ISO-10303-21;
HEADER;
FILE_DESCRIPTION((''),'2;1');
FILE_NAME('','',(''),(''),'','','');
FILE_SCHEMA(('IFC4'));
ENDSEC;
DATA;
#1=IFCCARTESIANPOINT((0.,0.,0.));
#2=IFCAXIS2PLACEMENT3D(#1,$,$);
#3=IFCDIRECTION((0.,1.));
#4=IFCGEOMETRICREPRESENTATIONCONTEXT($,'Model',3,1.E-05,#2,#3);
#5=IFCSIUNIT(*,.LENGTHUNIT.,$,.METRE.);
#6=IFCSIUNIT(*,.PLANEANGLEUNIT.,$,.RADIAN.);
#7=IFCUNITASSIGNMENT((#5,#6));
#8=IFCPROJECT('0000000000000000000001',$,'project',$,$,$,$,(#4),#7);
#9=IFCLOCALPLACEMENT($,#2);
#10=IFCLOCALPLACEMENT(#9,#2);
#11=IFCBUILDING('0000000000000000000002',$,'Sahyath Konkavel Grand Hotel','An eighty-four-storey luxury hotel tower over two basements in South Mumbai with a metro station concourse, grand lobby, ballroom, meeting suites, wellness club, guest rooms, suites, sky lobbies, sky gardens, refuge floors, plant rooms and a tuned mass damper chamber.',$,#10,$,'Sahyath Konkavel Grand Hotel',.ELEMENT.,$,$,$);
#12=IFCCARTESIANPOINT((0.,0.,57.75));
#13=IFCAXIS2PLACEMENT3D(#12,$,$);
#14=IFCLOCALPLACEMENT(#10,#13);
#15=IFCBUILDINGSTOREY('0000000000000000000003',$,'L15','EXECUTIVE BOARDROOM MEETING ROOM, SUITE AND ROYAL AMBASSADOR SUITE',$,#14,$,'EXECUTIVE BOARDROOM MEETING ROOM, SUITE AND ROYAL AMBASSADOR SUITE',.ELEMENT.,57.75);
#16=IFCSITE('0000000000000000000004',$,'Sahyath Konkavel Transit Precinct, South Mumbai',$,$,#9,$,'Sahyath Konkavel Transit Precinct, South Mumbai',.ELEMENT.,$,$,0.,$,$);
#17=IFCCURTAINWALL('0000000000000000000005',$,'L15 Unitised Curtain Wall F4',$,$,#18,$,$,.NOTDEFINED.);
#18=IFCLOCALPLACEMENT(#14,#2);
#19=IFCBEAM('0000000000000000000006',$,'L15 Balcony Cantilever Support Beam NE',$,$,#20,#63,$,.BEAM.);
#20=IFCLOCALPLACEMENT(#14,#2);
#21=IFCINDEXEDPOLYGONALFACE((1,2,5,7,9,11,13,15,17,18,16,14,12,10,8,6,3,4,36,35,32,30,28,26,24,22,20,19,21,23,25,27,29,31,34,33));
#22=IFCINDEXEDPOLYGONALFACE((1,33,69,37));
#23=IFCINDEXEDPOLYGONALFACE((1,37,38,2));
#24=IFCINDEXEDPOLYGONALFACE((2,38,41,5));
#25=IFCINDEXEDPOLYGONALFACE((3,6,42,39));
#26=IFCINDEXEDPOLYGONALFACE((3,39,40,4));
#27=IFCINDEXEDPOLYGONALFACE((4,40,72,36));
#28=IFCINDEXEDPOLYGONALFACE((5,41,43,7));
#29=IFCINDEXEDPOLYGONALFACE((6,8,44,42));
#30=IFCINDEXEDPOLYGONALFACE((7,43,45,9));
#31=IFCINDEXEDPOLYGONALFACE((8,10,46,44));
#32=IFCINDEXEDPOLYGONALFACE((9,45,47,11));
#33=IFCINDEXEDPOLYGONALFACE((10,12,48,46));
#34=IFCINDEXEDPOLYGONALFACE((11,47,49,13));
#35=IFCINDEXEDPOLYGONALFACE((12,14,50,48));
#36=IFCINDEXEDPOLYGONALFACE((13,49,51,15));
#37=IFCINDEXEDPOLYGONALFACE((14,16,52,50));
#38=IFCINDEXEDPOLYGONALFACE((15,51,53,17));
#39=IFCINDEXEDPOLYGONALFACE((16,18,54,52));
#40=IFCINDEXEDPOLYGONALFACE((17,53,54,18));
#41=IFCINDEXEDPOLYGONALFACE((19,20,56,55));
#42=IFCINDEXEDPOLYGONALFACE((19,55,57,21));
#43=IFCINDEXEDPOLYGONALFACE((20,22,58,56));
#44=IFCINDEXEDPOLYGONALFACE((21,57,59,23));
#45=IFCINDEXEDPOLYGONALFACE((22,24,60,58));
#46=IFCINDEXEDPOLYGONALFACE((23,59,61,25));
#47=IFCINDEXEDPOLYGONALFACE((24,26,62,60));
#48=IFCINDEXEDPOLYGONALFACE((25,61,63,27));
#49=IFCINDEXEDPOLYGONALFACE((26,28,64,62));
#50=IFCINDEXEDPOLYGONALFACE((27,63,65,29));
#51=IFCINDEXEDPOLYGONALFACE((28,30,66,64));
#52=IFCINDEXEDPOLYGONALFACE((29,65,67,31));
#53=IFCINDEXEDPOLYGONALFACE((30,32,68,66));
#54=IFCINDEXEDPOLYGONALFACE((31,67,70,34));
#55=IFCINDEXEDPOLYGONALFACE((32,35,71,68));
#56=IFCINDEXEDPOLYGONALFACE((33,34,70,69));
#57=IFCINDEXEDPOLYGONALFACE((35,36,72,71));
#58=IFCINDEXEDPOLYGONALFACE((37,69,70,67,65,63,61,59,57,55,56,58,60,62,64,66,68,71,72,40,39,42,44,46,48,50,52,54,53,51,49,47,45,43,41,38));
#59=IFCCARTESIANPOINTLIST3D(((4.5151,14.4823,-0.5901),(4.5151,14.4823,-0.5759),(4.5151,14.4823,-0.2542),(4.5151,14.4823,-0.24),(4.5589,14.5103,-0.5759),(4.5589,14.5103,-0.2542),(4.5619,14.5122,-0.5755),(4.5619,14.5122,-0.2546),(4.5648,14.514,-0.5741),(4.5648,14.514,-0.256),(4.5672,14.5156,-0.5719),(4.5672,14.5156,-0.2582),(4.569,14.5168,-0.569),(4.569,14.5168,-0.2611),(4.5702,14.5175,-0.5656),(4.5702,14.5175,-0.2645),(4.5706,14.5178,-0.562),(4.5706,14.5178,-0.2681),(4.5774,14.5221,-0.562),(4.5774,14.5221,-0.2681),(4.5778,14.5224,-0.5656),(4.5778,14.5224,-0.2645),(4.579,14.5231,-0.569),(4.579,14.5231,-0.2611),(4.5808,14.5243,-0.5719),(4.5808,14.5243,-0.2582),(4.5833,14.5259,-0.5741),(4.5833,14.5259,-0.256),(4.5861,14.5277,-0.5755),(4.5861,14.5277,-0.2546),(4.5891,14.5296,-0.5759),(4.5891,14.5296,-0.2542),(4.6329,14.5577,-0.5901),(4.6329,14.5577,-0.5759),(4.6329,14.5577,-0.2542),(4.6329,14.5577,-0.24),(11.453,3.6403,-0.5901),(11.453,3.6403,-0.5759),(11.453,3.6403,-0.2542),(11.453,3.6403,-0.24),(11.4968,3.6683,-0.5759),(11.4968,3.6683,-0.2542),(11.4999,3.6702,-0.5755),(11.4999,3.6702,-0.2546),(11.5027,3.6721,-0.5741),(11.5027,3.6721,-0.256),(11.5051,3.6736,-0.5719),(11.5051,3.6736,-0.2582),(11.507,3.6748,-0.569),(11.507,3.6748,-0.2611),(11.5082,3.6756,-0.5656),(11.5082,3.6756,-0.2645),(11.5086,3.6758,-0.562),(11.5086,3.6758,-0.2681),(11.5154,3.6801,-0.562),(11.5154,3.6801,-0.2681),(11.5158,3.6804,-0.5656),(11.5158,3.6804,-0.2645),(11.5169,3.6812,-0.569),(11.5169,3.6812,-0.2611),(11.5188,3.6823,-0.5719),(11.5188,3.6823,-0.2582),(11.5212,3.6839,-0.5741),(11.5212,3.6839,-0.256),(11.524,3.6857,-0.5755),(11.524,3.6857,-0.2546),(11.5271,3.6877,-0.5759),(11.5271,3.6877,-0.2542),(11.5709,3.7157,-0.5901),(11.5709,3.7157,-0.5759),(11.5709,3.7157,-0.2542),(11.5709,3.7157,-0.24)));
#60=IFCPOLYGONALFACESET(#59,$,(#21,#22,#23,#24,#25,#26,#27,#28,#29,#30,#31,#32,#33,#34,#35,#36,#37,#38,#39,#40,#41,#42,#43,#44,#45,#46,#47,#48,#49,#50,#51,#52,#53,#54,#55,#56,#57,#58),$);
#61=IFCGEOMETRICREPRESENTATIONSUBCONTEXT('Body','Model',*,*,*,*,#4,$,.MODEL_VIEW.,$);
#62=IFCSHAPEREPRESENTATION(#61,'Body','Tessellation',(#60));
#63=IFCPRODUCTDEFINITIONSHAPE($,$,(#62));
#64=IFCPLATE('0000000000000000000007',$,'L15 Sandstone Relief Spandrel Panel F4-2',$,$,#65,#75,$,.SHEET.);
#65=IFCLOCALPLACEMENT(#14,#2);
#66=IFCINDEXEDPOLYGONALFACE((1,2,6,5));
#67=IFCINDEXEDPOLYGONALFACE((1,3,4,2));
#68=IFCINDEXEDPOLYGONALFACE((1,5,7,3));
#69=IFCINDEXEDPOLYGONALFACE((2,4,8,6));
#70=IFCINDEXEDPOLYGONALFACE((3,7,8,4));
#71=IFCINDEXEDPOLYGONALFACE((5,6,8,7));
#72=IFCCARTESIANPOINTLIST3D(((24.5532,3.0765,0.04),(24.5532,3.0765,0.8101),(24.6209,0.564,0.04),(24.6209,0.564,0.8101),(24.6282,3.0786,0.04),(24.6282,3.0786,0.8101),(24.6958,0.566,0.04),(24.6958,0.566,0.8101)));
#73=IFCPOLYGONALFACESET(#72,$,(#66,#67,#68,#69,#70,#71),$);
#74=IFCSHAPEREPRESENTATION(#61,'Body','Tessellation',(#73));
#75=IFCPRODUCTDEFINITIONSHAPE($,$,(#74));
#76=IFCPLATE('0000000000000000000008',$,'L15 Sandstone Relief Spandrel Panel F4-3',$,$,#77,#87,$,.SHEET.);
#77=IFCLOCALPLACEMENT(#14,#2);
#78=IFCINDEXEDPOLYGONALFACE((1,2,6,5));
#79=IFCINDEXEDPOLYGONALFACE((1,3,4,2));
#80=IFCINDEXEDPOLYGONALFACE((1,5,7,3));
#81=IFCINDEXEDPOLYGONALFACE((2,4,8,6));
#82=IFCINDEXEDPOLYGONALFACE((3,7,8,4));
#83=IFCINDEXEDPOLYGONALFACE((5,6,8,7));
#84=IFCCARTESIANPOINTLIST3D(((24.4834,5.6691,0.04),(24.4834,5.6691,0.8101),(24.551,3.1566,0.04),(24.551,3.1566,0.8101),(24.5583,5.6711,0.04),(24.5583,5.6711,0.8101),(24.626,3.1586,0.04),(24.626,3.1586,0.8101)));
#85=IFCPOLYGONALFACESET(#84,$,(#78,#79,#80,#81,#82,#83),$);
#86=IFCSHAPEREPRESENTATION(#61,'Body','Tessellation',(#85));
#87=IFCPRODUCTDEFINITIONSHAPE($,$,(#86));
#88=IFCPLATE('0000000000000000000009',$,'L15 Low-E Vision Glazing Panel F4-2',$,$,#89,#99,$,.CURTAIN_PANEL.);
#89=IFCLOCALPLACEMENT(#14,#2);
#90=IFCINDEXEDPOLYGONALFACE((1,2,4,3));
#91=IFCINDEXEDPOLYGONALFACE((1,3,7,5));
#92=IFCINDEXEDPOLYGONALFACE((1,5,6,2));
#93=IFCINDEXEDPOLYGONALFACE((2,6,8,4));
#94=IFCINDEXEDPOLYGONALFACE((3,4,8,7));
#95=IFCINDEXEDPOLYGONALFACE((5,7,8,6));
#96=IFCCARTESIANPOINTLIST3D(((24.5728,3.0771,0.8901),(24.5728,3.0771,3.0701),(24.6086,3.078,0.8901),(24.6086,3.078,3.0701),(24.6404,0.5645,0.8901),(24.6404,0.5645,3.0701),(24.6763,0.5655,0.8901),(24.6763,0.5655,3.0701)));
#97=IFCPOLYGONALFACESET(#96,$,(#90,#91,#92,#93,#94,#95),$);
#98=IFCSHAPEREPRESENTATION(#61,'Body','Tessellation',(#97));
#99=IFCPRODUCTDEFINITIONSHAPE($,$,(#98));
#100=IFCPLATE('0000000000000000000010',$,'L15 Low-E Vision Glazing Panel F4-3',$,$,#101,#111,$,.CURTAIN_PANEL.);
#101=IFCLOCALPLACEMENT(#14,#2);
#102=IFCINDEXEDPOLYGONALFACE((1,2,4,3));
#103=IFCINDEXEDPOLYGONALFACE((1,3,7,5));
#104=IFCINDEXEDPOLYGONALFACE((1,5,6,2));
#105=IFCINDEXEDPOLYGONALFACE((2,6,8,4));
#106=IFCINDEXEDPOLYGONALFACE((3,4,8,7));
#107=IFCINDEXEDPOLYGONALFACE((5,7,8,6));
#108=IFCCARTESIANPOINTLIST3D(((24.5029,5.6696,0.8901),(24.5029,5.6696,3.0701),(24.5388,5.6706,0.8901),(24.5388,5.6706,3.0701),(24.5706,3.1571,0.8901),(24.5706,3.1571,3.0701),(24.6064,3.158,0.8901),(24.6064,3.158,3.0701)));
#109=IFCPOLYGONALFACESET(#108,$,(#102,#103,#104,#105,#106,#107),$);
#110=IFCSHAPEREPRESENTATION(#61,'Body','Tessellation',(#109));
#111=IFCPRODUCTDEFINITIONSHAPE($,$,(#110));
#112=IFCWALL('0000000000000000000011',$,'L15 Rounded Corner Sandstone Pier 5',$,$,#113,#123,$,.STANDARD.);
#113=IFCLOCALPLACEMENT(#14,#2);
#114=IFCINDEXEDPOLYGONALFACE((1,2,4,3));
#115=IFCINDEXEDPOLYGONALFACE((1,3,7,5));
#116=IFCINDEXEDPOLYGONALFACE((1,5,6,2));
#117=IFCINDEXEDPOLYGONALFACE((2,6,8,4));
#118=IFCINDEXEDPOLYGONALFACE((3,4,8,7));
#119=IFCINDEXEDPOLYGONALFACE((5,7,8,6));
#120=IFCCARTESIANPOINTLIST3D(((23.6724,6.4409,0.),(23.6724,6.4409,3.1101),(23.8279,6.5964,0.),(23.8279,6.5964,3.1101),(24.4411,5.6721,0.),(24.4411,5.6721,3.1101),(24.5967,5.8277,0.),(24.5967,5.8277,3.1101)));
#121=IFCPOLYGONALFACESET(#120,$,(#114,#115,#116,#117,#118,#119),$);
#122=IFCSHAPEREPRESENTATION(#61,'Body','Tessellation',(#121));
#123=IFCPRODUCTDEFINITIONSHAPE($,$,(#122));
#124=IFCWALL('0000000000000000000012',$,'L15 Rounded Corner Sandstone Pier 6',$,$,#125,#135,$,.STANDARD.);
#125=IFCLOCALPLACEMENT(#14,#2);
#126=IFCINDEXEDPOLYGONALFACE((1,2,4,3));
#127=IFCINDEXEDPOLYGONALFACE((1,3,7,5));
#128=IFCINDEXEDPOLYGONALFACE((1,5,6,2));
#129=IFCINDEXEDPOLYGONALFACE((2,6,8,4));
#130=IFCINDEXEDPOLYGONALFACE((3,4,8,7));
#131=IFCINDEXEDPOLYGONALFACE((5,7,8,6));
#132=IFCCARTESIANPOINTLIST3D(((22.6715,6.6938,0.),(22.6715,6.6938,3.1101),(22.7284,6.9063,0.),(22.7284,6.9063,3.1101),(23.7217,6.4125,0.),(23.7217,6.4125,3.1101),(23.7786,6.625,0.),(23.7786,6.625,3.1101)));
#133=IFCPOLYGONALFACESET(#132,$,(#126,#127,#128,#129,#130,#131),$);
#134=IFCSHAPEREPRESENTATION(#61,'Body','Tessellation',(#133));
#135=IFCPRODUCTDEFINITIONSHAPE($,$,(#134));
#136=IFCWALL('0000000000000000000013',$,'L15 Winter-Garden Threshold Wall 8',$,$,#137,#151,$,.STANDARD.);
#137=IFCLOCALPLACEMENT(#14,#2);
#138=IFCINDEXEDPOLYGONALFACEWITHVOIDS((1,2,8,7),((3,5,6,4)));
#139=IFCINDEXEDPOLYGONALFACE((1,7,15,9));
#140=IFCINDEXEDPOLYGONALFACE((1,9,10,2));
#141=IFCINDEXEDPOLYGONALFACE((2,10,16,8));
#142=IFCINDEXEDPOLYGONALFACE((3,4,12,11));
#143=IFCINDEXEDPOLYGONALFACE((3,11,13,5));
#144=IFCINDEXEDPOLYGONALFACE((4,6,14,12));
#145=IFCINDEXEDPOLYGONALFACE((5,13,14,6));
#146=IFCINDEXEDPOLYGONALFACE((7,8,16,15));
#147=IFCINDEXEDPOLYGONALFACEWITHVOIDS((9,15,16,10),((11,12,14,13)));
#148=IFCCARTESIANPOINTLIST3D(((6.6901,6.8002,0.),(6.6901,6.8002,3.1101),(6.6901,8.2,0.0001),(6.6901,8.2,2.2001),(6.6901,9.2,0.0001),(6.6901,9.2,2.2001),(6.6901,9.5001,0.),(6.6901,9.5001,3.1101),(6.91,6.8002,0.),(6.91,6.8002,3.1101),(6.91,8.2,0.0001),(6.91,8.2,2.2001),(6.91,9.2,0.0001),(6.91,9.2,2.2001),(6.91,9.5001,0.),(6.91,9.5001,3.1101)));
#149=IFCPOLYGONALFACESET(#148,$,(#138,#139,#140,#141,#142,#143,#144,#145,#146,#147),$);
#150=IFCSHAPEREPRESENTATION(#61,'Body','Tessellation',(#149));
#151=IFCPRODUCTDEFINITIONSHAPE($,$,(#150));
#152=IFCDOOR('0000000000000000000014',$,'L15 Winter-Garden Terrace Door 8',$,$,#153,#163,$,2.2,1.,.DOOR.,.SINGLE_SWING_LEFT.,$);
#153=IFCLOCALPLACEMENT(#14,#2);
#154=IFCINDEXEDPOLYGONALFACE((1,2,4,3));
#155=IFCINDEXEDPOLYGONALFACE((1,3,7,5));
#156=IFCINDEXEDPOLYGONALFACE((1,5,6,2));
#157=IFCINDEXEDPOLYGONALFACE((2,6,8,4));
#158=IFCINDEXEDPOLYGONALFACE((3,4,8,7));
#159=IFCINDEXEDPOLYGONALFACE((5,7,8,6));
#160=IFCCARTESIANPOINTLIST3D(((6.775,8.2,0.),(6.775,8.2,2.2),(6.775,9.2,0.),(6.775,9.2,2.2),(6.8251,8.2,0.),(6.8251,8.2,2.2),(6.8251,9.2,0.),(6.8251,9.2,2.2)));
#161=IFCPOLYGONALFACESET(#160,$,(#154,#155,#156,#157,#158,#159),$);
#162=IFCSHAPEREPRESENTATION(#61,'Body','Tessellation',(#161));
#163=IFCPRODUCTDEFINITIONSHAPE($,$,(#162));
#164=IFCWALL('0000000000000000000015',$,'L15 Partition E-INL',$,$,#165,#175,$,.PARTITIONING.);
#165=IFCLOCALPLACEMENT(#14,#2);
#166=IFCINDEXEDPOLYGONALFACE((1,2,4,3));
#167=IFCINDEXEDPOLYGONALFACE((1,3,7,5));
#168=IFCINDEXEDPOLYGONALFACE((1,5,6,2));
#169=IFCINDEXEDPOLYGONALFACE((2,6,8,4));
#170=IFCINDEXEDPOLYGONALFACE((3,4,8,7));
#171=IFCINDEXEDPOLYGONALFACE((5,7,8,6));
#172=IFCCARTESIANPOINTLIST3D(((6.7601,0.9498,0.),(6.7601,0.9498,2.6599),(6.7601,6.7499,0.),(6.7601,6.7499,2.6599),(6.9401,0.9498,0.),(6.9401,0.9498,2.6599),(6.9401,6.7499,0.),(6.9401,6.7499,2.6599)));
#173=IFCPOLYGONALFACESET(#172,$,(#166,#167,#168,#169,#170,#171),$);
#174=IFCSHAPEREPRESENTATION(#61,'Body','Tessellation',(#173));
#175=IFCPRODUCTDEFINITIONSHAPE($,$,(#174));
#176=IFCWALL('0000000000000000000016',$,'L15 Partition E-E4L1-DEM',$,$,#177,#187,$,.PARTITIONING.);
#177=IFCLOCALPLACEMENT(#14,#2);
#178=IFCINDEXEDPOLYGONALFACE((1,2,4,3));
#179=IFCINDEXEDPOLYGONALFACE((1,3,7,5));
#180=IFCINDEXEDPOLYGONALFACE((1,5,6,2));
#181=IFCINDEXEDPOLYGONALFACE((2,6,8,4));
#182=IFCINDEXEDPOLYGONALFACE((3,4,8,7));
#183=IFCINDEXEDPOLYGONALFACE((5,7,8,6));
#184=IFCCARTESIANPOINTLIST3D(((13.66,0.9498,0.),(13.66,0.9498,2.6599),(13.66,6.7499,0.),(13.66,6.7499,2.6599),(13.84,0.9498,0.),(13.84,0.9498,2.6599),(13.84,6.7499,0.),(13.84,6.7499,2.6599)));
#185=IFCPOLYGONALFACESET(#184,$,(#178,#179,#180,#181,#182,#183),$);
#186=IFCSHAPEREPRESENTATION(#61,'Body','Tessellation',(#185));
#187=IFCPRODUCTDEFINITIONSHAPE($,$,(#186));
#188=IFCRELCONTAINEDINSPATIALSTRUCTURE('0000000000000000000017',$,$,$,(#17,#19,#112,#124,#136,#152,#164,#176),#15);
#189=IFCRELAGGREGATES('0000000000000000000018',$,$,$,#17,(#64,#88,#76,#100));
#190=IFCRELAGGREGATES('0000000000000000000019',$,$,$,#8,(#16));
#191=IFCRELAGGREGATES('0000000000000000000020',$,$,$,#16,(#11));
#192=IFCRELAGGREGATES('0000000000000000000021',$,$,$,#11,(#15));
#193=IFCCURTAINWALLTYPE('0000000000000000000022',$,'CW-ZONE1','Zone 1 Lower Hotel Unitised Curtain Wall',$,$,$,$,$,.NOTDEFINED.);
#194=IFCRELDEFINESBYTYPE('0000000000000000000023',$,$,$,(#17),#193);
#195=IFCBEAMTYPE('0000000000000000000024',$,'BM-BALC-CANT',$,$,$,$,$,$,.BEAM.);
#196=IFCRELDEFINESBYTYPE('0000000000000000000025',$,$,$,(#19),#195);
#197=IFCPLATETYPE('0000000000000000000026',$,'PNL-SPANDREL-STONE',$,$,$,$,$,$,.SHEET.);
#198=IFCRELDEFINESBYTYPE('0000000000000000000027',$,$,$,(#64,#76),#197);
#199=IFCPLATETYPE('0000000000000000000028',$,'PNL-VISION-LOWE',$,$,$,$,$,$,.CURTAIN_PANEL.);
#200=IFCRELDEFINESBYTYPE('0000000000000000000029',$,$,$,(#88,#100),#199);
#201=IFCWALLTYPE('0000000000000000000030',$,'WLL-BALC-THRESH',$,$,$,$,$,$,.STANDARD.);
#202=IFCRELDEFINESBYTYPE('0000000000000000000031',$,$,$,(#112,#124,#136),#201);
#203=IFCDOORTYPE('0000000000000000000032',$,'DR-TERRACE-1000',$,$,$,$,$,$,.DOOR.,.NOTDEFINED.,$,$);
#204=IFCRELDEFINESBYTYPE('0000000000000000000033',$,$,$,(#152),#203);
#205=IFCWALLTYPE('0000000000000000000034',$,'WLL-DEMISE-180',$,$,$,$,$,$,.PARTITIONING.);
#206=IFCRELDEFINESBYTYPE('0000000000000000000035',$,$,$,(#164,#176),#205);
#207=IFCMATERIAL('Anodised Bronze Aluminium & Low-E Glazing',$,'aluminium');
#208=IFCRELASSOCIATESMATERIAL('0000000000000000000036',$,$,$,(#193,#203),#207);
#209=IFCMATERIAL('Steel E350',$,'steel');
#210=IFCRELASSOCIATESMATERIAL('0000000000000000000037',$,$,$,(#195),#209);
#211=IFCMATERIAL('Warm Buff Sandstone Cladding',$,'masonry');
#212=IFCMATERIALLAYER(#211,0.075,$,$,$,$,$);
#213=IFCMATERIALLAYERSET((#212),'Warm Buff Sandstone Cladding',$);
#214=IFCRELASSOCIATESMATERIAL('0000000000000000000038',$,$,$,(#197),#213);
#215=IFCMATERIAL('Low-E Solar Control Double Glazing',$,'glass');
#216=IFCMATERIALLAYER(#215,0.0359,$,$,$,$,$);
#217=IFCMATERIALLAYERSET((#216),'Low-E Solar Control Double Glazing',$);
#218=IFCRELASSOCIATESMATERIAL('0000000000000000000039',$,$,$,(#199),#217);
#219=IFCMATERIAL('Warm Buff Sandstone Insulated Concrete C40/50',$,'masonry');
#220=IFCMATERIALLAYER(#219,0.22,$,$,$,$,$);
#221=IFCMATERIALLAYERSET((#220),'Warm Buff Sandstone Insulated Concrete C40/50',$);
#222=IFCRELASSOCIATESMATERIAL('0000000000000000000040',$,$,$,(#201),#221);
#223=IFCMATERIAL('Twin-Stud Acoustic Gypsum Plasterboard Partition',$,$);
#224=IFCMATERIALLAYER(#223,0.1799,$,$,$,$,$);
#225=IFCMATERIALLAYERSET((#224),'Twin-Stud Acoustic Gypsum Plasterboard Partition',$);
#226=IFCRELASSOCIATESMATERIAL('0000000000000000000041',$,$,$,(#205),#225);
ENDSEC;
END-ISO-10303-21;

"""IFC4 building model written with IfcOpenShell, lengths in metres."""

from ifc_helpers import new_model, si_unit, direction, frame, frame_2d, origin, origin_2d, place, context, subcontext, project, spatial, rectangle, i_section, extrude, source, transform, mapped, material, layer, layer_set, material_profile, profile_set, type_object, element, fill, aggregate, save


model = new_model("IFC4")

# Units and contexts
model_context = context("Model", 3, precision=1e-05, world=origin(), true_north=direction((0.0, 1.0)))
body_context = subcontext(model_context, "Body", "Model", "MODEL_VIEW")
ifc_project = project(units=[si_unit("LENGTHUNIT", "METRE"), si_unit("PLANEANGLEUNIT", "RADIAN")], contexts=[model_context])

# Site, building, storey
site_placement = place(None, origin())
site = spatial("IfcSite", under=ifc_project, at=site_placement, Name="Sahyath Konkavel Transit Precinct, South Mumbai", LongName="Sahyath Konkavel Transit Precinct, South Mumbai", CompositionType="ELEMENT", RefElevation=0.0)
building_placement = place(site_placement, origin())
building = spatial("IfcBuilding", under=site, at=building_placement, Name="Sahyath Konkavel Grand Hotel", Description="An eighty-four-storey luxury hotel tower over two basements in South Mumbai with a metro station concourse, grand lobby, ballroom, meeting suites, wellness club, guest rooms, suites, sky lobbies, sky gardens, refuge floors, plant rooms and a tuned mass damper chamber.", LongName="Sahyath Konkavel Grand Hotel", CompositionType="ELEMENT")
storey_placement = place(building_placement, frame((0.0, 0.0, 57.75)))
storey = spatial("IfcBuildingStorey", under=building, at=storey_placement, Name="L15", Description="EXECUTIVE BOARDROOM MEETING ROOM, SUITE AND ROYAL AMBASSADOR SUITE", LongName="EXECUTIVE BOARDROOM MEETING ROOM, SUITE AND ROYAL AMBASSADOR SUITE", CompositionType="ELEMENT", Elevation=57.75)

# Shared definitions
ifc_material_1 = material(Name="Steel E350", Category="steel")

# Curtain wall
ifc_material_2 = material(Name="Anodised Bronze Aluminium & Low-E Glazing", Category="aluminium")
curtain_wall_type = type_object("IfcCurtainWallType", Name="CW-ZONE1", Description="Zone 1 Lower Hotel Unitised Curtain Wall", PredefinedType="NOTDEFINED", material=ifc_material_2)
curtain_wall_placement = place(storey_placement, origin())
curtain_wall = element("IfcCurtainWall", 1, at=curtain_wall_placement, inside=storey, type_object=curtain_wall_type, Name="L15 Unitised Curtain Wall F4", PredefinedType="NOTDEFINED")

# Beam
ifc_material_profile_1 = material_profile(ifc_material_1, i_section(OverallWidth=0.1399, OverallDepth=0.3501, WebThickness=0.0081, FlangeThickness=0.0142, FilletRadius=0.0139, at=origin_2d()), Name="ISMB 350")
ifc_profile_set_1 = profile_set([ifc_material_profile_1], Name="Steel E350")
beam_type_1 = type_object("IfcBeamType", Name="BM-BALC-CANT", PredefinedType="BEAM", material=ifc_profile_set_1)
shared_shape_1 = source(origin(), body_context, "Body", "SweptSolid", [
    extrude(i_section(OverallWidth=0.1399, OverallDepth=0.3501, WebThickness=0.0081, FlangeThickness=0.0142, FilletRadius=0.0139, at=origin_2d()), origin(), (0.0, 0.0, 1.0), 12.8718),
])
beam_1_placement = place(storey_placement, frame((11.512, 3.678, -0.415), z_axis=(-0.539003, 0.842304, 0.0), x_axis=(-0.842304, -0.539003, 0.0)))
element("IfcBeam", 2, at=beam_1_placement, inside=storey, type_object=beam_type_1, Name="L15 Balcony Cantilever Support Beam NE", PredefinedType="BEAM", context=body_context, shape_type="MappedRepresentation", body=[
    mapped(shared_shape_1, transform((0.0, 0.0, 0.0), scale=1.0)),
])

# Plates
ifc_material_3 = material(Name="Warm Buff Sandstone Cladding", Category="masonry")
ifc_layer_1 = layer(ifc_material_3, 0.075)
ifc_layer_set_1 = layer_set([ifc_layer_1], Name="Warm Buff Sandstone Cladding")
plate_type_1 = type_object("IfcPlateType", Name="PNL-SPANDREL-STONE", PredefinedType="SHEET", material=ifc_layer_set_1)
shared_shape_2 = source(origin(), body_context, "Body", "SweptSolid", [
    extrude(rectangle(XDim=2.5134, YDim=0.075, at=origin_2d()), origin(), (0.0, 0.0, 1.0), 0.77),
])
plate_1_placement = place(storey_placement, frame((24.6245, 1.8213, 0.04), z_axis=(0.0, 0.0, 1.0), x_axis=(-0.02691, 0.999638, 0.0)))
plate_1 = element("IfcPlate", 3, at=plate_1_placement, type_object=plate_type_1, Name="L15 Sandstone Relief Spandrel Panel F4-2", PredefinedType="SHEET", context=body_context, shape_type="MappedRepresentation", body=[
    mapped(shared_shape_2, transform((0.0, 0.0, 0.0), scale=1.0)),
])
plate_2_placement = place(storey_placement, frame((24.5547, 4.4138, 0.04), z_axis=(0.0, 0.0, 1.0), x_axis=(-0.02691, 0.999638, 0.0)))
plate_2 = element("IfcPlate", 4, at=plate_2_placement, type_object=plate_type_1, Name="L15 Sandstone Relief Spandrel Panel F4-3", PredefinedType="SHEET", context=body_context, shape_type="MappedRepresentation", body=[
    mapped(shared_shape_2, transform((0.0, 0.0, 0.0), scale=1.0)),
])
ifc_material_4 = material(Name="Low-E Solar Control Double Glazing", Category="glass")
ifc_layer_2 = layer(ifc_material_4, 0.0359)
ifc_layer_set_2 = layer_set([ifc_layer_2], Name="Low-E Solar Control Double Glazing")
plate_type_2 = type_object("IfcPlateType", Name="PNL-VISION-LOWE", PredefinedType="CURTAIN_PANEL", material=ifc_layer_set_2)
shared_shape_3 = source(origin(), body_context, "Body", "SweptSolid", [
    extrude(rectangle(XDim=2.5134, YDim=0.0359, at=origin_2d()), origin(), (0.0, 0.0, 1.0), 2.1799),
])
plate_3_placement = place(storey_placement, frame((24.6245, 1.8213, 0.8901), z_axis=(0.0, 0.0, 1.0), x_axis=(-0.02691, 0.999638, 0.0)))
plate_3 = element("IfcPlate", 5, at=plate_3_placement, type_object=plate_type_2, Name="L15 Low-E Vision Glazing Panel F4-2", PredefinedType="CURTAIN_PANEL", context=body_context, shape_type="MappedRepresentation", body=[
    mapped(shared_shape_3, transform((0.0, 0.0, 0.0), scale=1.0)),
])
plate_4_placement = place(storey_placement, frame((24.5547, 4.4138, 0.8901), z_axis=(0.0, 0.0, 1.0), x_axis=(-0.02691, 0.999638, 0.0)))
plate_4 = element("IfcPlate", 6, at=plate_4_placement, type_object=plate_type_2, Name="L15 Low-E Vision Glazing Panel F4-3", PredefinedType="CURTAIN_PANEL", context=body_context, shape_type="MappedRepresentation", body=[
    mapped(shared_shape_3, transform((0.0, 0.0, 0.0), scale=1.0)),
])
aggregate(curtain_wall, [plate_1, plate_3, plate_2, plate_4])

# Walls
ifc_material_5 = material(Name="Warm Buff Sandstone Insulated Concrete C40/50", Category="masonry")
ifc_layer_3 = layer(ifc_material_5, 0.22)
ifc_layer_set_3 = layer_set([ifc_layer_3], Name="Warm Buff Sandstone Insulated Concrete C40/50")
wall_type_1 = type_object("IfcWallType", Name="WLL-BALC-THRESH", PredefinedType="STANDARD", material=ifc_layer_set_3)
for number, where, z_axis, x_axis, name in (
    (7, (24.5188, 5.75, 0.0), (0.0, 0.0, 1.0), (-0.707107, 0.707107, 0.0), "L15 Rounded Corner Sandstone Pier 5"),
    (8, (23.75, 6.5188, 0.0), (0.0, 0.0, 1.0), (-0.965951, 0.258725, 0.0), "L15 Rounded Corner Sandstone Pier 6"),
):
    element("IfcWall", number, at=place(storey_placement, frame(where, z_axis=z_axis, x_axis=x_axis)), inside=storey, type_object=wall_type_1, Name=name, PredefinedType="STANDARD", context=body_context, shape_type="SweptSolid", body=[
        extrude(rectangle(XDim=1.0872, YDim=0.22, at=frame_2d((0.5435, 0.0))), origin(), (0.0, 0.0, 1.0), 3.1101),
    ])

# Wall, opening, door
wall_1_placement = place(storey_placement, frame((6.8, 6.8, 0.0), z_axis=(0.0, 0.0, 1.0), x_axis=(0.0, 1.0, 0.0)))
wall_1 = element("IfcWall", 9, at=wall_1_placement, inside=storey, type_object=wall_type_1, Name="L15 Winter-Garden Threshold Wall 8", PredefinedType="STANDARD", context=body_context, shape_type="SweptSolid", body=[
    extrude(rectangle(XDim=2.7, YDim=0.22, at=frame_2d((1.3501, 0.0))), origin(), (0.0, 0.0, 1.0), 3.1101),
])
opening_1_placement = place(wall_1_placement, frame((1.3999, 0.0, 0.0)))
opening_1 = element("IfcOpeningElement", 10, at=opening_1_placement, cuts=wall_1, PredefinedType="OPENING", context=body_context, shape_type="SweptSolid", body=[
    extrude(rectangle(XDim=1.0, YDim=2.2, at=frame_2d((0.5, 1.1001))), frame((0.0, 0.1201, 0.0), z_axis=(0.0, -1.0, 0.0), x_axis=(1.0, 0.0, 0.0)), (0.0, 0.0, 1.0), 0.24),
])
door_type_1 = type_object("IfcDoorType", Name="DR-TERRACE-1000", OperationType="NOTDEFINED", PredefinedType="DOOR", material=ifc_material_2)
shared_shape_4 = source(origin(), body_context, "Body", "SweptSolid", [
    extrude(rectangle(XDim=1.0, YDim=0.05, at=origin_2d()), origin(), (0.0, 0.0, 1.0), 2.2),
])
door_1_placement = place(opening_1_placement, frame((0.5, 0.0, 0.0)))
door_1 = element("IfcDoor", 11, at=door_1_placement, inside=storey, type_object=door_type_1, Name="L15 Winter-Garden Terrace Door 8", OperationType="SINGLE_SWING_LEFT", OverallHeight=2.2, OverallWidth=1.0, PredefinedType="DOOR", context=body_context, shape_type="MappedRepresentation", body=[
    mapped(shared_shape_4, transform((0.0, 0.0, 0.0), scale=1.0)),
])
fill(opening_1, door_1)

# Walls
ifc_material_6 = material(Name="Twin-Stud Acoustic Gypsum Plasterboard Partition")
ifc_layer_4 = layer(ifc_material_6, 0.1799)
ifc_layer_set_4 = layer_set([ifc_layer_4], Name="Twin-Stud Acoustic Gypsum Plasterboard Partition")
wall_type_2 = type_object("IfcWallType", Name="WLL-DEMISE-180", PredefinedType="PARTITIONING", material=ifc_layer_set_4)
for number, where, z_axis, x_axis, name in (
    (12, (6.8501, 0.95, 0.0), (0.0, 0.0, 1.0), (0.0, 1.0, 0.0), "L15 Partition E-INL"),
    (13, (13.75, 0.95, 0.0), (0.0, 0.0, 1.0), (0.0, 1.0, 0.0), "L15 Partition E-E4L1-DEM"),
):
    element("IfcWall", number, at=place(storey_placement, frame(where, z_axis=z_axis, x_axis=x_axis)), inside=storey, type_object=wall_type_2, Name=name, PredefinedType="PARTITIONING", context=body_context, shape_type="SweptSolid", body=[
        extrude(rectangle(XDim=5.8, YDim=0.1799, at=frame_2d((2.8999, 0.0))), origin(), (0.0, 0.0, 1.0), 2.6599),
    ])

save(model, "model.ifc")
